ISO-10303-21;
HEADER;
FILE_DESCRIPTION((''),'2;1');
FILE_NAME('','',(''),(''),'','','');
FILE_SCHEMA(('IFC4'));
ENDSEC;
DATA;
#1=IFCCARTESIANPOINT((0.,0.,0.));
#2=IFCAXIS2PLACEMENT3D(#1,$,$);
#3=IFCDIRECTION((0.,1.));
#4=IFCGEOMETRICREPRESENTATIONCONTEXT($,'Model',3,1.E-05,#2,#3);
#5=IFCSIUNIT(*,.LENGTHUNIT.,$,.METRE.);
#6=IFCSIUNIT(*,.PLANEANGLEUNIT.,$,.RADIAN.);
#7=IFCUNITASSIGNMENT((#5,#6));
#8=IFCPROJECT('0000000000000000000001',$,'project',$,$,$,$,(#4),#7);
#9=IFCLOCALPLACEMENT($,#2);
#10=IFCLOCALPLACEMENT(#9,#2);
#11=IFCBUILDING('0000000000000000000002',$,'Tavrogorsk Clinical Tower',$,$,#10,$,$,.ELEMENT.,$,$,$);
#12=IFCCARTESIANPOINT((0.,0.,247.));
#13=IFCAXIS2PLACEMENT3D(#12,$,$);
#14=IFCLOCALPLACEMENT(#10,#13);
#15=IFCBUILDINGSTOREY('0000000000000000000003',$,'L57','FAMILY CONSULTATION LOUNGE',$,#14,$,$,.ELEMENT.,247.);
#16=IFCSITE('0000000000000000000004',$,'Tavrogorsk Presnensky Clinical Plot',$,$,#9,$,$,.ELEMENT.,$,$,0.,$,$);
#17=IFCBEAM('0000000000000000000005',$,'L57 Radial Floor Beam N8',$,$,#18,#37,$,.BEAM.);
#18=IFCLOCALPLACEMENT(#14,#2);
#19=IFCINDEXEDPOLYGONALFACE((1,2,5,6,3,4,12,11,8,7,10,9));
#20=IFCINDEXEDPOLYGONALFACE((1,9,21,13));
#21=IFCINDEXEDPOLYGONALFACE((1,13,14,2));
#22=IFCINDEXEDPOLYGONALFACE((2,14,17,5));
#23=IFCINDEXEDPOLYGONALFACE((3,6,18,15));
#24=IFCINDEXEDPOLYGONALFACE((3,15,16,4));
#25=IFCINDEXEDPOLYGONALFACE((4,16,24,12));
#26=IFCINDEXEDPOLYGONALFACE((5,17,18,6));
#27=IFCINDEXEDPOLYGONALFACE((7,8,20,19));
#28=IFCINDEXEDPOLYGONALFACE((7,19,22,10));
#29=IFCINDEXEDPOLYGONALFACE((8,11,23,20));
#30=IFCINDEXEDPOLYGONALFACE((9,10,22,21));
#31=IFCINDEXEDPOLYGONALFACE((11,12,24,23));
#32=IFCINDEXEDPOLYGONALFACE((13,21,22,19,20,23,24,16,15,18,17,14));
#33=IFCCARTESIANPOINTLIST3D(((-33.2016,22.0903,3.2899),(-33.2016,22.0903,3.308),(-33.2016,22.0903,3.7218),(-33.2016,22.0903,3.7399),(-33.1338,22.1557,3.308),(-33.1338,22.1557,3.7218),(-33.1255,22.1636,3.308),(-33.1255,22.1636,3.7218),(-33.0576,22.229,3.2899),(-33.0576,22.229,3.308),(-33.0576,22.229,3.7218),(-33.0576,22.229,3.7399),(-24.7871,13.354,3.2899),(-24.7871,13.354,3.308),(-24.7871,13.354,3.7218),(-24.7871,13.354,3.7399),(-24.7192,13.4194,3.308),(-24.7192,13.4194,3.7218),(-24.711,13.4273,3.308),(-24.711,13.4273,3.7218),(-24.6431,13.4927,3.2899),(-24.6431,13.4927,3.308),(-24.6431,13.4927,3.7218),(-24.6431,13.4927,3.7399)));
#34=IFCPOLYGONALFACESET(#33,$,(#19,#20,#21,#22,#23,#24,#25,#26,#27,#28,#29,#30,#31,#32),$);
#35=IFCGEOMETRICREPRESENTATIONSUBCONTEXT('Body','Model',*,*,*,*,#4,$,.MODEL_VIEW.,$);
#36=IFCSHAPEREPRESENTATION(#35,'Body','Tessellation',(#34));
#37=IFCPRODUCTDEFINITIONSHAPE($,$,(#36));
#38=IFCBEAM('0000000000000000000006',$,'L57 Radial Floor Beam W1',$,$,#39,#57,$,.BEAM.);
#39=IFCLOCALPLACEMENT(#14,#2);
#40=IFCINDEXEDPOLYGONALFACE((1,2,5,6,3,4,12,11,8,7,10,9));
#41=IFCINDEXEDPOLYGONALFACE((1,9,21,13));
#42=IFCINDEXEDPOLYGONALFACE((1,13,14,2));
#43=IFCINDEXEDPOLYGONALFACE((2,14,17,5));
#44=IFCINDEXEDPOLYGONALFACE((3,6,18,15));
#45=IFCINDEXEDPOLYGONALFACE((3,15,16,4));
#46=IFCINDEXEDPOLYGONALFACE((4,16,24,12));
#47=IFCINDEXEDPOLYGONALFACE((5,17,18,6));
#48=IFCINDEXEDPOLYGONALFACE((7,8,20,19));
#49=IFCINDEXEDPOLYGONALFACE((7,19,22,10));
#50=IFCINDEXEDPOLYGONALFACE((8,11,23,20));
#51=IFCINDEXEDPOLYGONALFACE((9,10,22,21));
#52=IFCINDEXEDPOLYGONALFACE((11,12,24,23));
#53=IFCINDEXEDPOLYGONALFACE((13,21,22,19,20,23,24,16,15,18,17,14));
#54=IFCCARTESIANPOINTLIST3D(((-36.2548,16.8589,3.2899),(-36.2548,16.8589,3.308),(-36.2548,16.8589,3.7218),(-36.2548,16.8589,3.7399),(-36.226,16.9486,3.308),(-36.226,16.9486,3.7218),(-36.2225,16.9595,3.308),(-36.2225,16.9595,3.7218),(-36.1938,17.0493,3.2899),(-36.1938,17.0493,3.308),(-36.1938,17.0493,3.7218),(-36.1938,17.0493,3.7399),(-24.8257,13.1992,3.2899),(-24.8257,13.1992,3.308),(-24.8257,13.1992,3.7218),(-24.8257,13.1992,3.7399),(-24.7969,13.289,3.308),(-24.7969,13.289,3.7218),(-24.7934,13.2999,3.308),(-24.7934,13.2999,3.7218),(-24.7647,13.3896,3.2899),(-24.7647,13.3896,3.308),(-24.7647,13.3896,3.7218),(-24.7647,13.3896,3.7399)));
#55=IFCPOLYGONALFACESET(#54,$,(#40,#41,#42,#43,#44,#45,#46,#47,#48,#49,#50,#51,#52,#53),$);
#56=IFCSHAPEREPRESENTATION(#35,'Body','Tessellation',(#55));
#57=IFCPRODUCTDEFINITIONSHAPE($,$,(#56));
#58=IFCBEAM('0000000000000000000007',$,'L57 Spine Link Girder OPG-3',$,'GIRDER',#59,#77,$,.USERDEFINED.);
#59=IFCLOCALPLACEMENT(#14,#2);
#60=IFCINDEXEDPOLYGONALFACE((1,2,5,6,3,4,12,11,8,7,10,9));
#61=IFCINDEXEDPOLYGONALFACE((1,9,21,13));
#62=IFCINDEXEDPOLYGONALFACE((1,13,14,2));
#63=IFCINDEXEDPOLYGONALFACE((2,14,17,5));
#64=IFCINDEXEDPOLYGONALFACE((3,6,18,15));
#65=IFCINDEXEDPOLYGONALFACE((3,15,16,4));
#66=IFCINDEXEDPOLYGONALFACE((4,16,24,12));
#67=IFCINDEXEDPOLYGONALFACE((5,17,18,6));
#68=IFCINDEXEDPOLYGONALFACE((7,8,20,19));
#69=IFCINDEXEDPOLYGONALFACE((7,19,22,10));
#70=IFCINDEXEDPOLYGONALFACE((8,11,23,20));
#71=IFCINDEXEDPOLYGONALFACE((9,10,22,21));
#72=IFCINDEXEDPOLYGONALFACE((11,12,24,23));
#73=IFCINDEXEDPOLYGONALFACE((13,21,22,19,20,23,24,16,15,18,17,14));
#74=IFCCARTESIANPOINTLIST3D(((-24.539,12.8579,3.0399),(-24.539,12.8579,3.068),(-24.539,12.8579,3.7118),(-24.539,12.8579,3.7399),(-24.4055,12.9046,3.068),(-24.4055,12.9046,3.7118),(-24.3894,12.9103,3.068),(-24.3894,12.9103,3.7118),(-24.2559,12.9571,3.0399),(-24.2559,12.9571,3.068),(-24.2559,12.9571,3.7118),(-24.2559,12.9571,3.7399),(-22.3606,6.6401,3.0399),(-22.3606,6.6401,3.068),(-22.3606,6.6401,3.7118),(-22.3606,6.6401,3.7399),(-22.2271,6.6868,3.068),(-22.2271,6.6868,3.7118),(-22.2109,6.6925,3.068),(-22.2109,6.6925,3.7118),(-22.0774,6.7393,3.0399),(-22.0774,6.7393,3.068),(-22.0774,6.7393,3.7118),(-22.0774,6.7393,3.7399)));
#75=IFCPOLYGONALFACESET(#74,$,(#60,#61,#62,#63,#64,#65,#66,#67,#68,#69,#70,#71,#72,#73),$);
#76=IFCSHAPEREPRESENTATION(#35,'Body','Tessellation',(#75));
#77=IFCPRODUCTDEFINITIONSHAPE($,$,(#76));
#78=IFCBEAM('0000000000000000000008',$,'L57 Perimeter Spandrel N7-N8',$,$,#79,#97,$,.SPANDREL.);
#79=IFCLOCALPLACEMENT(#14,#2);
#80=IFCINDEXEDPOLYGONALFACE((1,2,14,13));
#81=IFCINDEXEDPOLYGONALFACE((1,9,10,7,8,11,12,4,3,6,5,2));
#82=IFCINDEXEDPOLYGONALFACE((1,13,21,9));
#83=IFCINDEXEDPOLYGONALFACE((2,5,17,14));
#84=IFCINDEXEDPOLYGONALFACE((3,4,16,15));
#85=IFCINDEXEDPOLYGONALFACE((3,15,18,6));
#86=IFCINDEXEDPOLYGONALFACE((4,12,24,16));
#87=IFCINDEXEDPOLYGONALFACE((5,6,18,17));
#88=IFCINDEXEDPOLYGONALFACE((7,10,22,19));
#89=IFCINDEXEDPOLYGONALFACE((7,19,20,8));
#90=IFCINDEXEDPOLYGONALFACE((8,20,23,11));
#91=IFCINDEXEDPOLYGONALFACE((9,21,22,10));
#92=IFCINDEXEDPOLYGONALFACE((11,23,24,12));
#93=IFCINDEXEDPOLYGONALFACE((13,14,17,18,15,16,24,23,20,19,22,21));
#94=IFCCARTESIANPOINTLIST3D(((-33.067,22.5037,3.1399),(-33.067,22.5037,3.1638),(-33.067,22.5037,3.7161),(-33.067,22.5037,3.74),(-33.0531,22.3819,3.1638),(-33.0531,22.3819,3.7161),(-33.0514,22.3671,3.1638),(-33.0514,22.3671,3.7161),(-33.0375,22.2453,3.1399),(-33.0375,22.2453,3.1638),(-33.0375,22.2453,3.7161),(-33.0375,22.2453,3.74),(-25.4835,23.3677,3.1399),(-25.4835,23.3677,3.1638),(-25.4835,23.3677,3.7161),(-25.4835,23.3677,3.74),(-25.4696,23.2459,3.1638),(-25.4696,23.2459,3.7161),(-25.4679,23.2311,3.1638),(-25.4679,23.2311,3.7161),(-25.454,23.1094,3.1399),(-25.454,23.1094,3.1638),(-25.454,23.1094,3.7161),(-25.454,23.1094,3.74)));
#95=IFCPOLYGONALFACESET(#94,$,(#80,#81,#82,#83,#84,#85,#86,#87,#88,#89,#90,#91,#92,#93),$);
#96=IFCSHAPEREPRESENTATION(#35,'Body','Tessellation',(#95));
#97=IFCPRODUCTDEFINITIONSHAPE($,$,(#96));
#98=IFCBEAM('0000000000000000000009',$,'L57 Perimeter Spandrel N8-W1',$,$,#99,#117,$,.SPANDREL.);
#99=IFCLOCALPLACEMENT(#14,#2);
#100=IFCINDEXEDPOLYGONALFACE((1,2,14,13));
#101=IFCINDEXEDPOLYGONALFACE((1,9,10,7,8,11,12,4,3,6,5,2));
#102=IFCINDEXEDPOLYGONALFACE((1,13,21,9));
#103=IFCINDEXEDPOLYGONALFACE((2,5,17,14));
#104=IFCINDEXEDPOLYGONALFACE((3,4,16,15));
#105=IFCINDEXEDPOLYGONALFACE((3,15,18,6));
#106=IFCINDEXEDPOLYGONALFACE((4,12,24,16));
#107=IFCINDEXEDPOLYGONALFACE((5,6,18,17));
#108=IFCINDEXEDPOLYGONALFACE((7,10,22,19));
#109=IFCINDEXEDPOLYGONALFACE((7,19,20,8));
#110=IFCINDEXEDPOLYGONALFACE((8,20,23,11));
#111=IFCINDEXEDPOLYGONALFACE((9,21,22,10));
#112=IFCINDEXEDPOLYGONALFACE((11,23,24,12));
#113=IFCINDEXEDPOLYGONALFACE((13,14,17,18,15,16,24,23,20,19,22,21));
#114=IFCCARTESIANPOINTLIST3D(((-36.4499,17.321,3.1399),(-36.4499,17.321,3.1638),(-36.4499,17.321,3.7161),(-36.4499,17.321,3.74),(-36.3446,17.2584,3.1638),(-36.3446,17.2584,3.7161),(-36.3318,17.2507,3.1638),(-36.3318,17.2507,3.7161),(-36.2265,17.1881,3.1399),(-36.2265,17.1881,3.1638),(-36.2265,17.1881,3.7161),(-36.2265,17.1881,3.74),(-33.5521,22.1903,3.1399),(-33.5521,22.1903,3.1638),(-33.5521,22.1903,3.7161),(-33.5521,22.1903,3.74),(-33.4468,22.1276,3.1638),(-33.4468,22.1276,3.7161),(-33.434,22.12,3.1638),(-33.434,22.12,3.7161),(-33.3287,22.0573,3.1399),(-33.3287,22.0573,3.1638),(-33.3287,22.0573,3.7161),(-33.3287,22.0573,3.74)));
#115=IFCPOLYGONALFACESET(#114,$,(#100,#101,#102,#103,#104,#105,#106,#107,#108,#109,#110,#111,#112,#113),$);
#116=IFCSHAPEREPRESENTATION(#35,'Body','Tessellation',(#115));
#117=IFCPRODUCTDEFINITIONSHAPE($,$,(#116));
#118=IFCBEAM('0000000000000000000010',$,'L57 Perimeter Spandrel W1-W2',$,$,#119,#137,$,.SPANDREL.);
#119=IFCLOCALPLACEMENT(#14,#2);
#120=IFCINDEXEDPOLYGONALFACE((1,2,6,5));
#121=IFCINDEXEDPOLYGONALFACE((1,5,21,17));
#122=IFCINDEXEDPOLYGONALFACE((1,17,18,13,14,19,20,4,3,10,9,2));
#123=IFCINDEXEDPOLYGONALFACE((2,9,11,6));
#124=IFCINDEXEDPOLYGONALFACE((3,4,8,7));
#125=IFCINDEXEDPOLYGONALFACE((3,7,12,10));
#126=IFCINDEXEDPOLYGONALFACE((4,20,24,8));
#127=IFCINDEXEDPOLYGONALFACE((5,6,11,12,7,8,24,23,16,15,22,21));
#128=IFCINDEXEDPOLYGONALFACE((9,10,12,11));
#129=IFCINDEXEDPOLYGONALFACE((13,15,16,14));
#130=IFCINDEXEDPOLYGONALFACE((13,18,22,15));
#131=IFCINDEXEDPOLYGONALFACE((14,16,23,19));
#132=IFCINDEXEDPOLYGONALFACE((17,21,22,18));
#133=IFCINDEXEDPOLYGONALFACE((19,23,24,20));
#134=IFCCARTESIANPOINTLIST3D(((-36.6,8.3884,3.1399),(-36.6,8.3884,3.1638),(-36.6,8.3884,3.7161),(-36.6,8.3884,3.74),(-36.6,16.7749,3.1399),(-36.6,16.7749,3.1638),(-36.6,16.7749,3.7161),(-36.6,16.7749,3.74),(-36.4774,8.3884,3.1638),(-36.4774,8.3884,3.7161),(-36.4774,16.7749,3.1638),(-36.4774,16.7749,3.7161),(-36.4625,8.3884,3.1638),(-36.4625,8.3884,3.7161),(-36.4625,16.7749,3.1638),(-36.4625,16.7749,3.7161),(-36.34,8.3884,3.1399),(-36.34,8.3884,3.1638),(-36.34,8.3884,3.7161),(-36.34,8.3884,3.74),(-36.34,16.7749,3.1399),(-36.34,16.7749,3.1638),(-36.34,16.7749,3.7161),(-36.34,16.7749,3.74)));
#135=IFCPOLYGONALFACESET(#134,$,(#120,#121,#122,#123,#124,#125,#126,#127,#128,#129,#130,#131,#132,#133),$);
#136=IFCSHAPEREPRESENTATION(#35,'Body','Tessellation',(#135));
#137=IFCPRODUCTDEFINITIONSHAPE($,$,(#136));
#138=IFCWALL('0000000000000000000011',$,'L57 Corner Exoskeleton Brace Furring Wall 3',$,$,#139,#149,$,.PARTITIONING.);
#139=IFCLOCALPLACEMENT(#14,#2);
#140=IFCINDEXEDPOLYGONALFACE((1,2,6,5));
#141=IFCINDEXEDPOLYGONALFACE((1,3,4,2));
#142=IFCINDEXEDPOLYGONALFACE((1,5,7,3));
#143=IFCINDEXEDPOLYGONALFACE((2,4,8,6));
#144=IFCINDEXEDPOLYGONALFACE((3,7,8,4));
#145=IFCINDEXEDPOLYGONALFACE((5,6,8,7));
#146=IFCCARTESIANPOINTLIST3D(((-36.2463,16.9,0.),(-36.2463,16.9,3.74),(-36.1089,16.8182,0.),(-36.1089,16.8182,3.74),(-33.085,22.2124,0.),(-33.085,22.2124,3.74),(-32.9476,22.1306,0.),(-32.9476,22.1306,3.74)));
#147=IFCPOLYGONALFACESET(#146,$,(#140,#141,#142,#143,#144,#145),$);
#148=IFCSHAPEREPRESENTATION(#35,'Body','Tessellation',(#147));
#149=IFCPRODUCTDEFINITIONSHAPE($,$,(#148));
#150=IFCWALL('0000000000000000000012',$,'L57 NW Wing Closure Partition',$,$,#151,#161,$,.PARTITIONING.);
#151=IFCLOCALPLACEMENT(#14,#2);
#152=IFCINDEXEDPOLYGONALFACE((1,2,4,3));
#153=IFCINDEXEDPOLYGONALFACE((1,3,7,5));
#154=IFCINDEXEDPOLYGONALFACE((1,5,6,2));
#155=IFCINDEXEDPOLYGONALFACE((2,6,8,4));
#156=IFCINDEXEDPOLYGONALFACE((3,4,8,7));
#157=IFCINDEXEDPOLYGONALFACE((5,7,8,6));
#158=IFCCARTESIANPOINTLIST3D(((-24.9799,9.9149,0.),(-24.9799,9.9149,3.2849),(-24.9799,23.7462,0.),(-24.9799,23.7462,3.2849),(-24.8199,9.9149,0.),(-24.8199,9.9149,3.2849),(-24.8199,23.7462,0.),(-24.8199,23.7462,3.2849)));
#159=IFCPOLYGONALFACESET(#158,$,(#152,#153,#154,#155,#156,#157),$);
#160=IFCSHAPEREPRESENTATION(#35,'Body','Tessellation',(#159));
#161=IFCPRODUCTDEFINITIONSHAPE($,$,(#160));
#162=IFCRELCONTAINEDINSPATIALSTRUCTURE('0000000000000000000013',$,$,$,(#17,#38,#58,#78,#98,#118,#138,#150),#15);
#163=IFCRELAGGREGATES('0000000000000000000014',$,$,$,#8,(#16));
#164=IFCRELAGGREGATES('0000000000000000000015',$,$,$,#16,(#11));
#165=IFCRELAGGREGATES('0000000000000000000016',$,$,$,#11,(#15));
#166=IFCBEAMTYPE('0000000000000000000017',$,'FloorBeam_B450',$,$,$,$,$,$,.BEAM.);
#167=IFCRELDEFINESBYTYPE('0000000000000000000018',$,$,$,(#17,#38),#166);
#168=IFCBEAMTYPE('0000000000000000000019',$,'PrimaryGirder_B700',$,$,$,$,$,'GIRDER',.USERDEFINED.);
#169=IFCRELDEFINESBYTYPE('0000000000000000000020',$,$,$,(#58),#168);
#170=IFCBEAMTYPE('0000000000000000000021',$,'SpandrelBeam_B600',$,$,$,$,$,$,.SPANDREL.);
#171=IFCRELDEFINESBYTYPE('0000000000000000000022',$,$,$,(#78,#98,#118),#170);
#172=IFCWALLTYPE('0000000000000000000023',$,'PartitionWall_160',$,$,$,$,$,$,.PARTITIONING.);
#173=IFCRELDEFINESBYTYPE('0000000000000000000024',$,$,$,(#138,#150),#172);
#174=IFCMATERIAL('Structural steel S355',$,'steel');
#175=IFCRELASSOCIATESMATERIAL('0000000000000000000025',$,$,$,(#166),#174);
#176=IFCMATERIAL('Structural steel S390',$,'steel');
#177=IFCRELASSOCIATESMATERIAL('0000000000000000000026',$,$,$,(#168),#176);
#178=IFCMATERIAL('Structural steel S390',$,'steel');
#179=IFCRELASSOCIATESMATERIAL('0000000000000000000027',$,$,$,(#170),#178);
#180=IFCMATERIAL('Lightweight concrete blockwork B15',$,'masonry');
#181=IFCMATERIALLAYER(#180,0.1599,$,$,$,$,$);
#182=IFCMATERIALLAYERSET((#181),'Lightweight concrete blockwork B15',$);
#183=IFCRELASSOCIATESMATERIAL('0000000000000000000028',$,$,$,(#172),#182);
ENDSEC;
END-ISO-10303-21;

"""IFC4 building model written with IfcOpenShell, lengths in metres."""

from ifc_helpers import new_model, si_unit, direction, frame, frame_2d, origin, origin_2d, place, context, subcontext, project, spatial, rectangle, i_section, extrude, material, layer, layer_set, material_profile, profile_set, type_object, element, save


model = new_model("IFC4")

# Units and contexts
model_context = context("Model", 3, precision=1e-05, world=origin(), true_north=direction((0.0, 1.0)))
body_context = subcontext(model_context, "Body", "Model", "MODEL_VIEW")
ifc_project = project(units=[si_unit("LENGTHUNIT", "METRE"), si_unit("PLANEANGLEUNIT", "RADIAN")], contexts=[model_context])

# Site, building, storey
site_placement = place(None, origin())
site = spatial("IfcSite", under=ifc_project, at=site_placement, Name="Tavrogorsk Presnensky Clinical Plot", CompositionType="ELEMENT", RefElevation=0.0)
building_placement = place(site_placement, origin())
building = spatial("IfcBuilding", under=site, at=building_placement, Name="Tavrogorsk Clinical Tower", CompositionType="ELEMENT")
storey_placement = place(building_placement, frame((0.0, 0.0, 247.0)))
storey = spatial("IfcBuildingStorey", under=building, at=storey_placement, Name="L57", Description="FAMILY CONSULTATION LOUNGE", CompositionType="ELEMENT", Elevation=247.0)

# Beams
ifc_material_1 = material(Name="Structural steel S355", Category="steel")
ifc_material_profile_1 = material_profile(ifc_material_1, i_section(OverallWidth=0.2, OverallDepth=0.45, WebThickness=0.0115, FlangeThickness=0.0181, at=origin_2d()), Name="B-450x200x11.5x18")
ifc_profile_set_1 = profile_set([ifc_material_profile_1], Name="Structural steel S355")
beam_type_1 = type_object("IfcBeamType", Name="FloorBeam_B450", PredefinedType="BEAM", material=ifc_profile_set_1)
beam_1_placement = place(storey_placement, frame((-24.7151, 13.4233, 3.5149), z_axis=(-0.693718, 0.720246, 0.0), x_axis=(-0.720246, -0.693718, 0.0)))
element("IfcBeam", 1, at=beam_1_placement, inside=storey, type_object=beam_type_1, Name="L57 Radial Floor Beam N8", PredefinedType="BEAM", context=body_context, shape_type="SweptSolid", body=[
    extrude(i_section(OverallWidth=0.2, OverallDepth=0.45, WebThickness=0.0115, FlangeThickness=0.0181, at=origin_2d()), origin(), (0.0, 0.0, 1.0), 12.1296),
])
beam_2_placement = place(storey_placement, frame((-24.7952, 13.2944, 3.5149), z_axis=(-0.952368, 0.304951, 0.0), x_axis=(-0.304951, -0.952368, 0.0)))
element("IfcBeam", 2, at=beam_2_placement, inside=storey, type_object=beam_type_1, Name="L57 Radial Floor Beam W1", PredefinedType="BEAM", context=body_context, shape_type="SweptSolid", body=[
    extrude(i_section(OverallWidth=0.2, OverallDepth=0.45, WebThickness=0.0115, FlangeThickness=0.0181, at=origin_2d()), origin(), (0.0, 0.0, 1.0), 12.0007),
])
ifc_material_2 = material(Name="Structural steel S390", Category="steel")
ifc_material_profile_2 = material_profile(ifc_material_2, i_section(OverallWidth=0.3, OverallDepth=0.7, WebThickness=0.0171, FlangeThickness=0.0281, at=origin_2d()), Name="B-700x300x17x28")
ifc_profile_set_2 = profile_set([ifc_material_profile_2], Name="Structural steel S390")
beam_type_2 = type_object("IfcBeamType", Name="PrimaryGirder_B700", ElementType="GIRDER", PredefinedType="USERDEFINED", material=ifc_profile_set_2)
beam_3_placement = place(storey_placement, frame((-24.3975, 12.9075, 3.3899), z_axis=(0.330654, -0.943752, 0.0), x_axis=(0.943752, 0.330654, 0.0)))
element("IfcBeam", 3, at=beam_3_placement, inside=storey, type_object=beam_type_2, Name="L57 Spine Link Girder OPG-3", ObjectType="GIRDER", PredefinedType="USERDEFINED", context=body_context, shape_type="SweptSolid", body=[
    extrude(i_section(OverallWidth=0.3, OverallDepth=0.7, WebThickness=0.0171, FlangeThickness=0.0281, at=origin_2d()), origin(), (0.0, 0.0, 1.0), 6.5884),
])
ifc_material_3 = material(Name="Structural steel S390", Category="steel")
ifc_material_profile_3 = material_profile(ifc_material_3, i_section(OverallWidth=0.26, OverallDepth=0.6001, WebThickness=0.0149, FlangeThickness=0.0239, at=origin_2d()), Name="B-600x260x15x24")
ifc_profile_set_3 = profile_set([ifc_material_profile_3], Name="Structural steel S390")
beam_type_3 = type_object("IfcBeamType", Name="SpandrelBeam_B600", PredefinedType="SPANDREL", material=ifc_profile_set_3)
beam_4_placement = place(storey_placement, frame((-25.4688, 23.2385, 3.4399), z_axis=(-0.993572, -0.113201, 0.0), x_axis=(0.113201, -0.993572, 0.0)))
element("IfcBeam", 4, at=beam_4_placement, inside=storey, type_object=beam_type_3, Name="L57 Perimeter Spandrel N7-N8", PredefinedType="SPANDREL", context=body_context, shape_type="SweptSolid", body=[
    extrude(i_section(OverallWidth=0.26, OverallDepth=0.6001, WebThickness=0.0149, FlangeThickness=0.0239, at=origin_2d()), origin(), (0.0, 0.0, 1.0), 7.6326),
])
beam_5_placement = place(storey_placement, frame((-33.4404, 22.1238, 3.4399), z_axis=(-0.511407, -0.859339, 0.0), x_axis=(0.859339, -0.511407, 0.0)))
element("IfcBeam", 5, at=beam_5_placement, inside=storey, type_object=beam_type_3, Name="L57 Perimeter Spandrel N8-W1", PredefinedType="SPANDREL", context=body_context, shape_type="SweptSolid", body=[
    extrude(i_section(OverallWidth=0.26, OverallDepth=0.6001, WebThickness=0.0149, FlangeThickness=0.0239, at=origin_2d()), origin(), (0.0, 0.0, 1.0), 5.6663),
])
beam_6_placement = place(storey_placement, frame((-36.47, 16.7749, 3.4399), z_axis=(0.0, -1.0, 0.0), x_axis=(1.0, 0.0, 0.0)))
element("IfcBeam", 6, at=beam_6_placement, inside=storey, type_object=beam_type_3, Name="L57 Perimeter Spandrel W1-W2", PredefinedType="SPANDREL", context=body_context, shape_type="SweptSolid", body=[
    extrude(i_section(OverallWidth=0.26, OverallDepth=0.6001, WebThickness=0.0149, FlangeThickness=0.0239, at=origin_2d()), origin(), (0.0, 0.0, 1.0), 8.3865),
])

# Walls
ifc_material_4 = material(Name="Lightweight concrete blockwork B15", Category="masonry")
ifc_layer_1 = layer(ifc_material_4, 0.1599)
ifc_layer_set_1 = layer_set([ifc_layer_1], Name="Lightweight concrete blockwork B15")
wall_type_1 = type_object("IfcWallType", Name="PartitionWall_160", PredefinedType="PARTITIONING", material=ifc_layer_set_1)
wall_1_placement = place(storey_placement, frame((-33.0164, 22.1714, 0.0), z_axis=(0.0, 0.0, 1.0), x_axis=(-0.511385, -0.859352, 0.0)))
element("IfcWall", 7, at=wall_1_placement, inside=storey, type_object=wall_type_1, Name="L57 Corner Exoskeleton Brace Furring Wall 3", PredefinedType="PARTITIONING", context=body_context, shape_type="SweptSolid", body=[
    extrude(rectangle(XDim=6.1819, YDim=0.1599, at=frame_2d((3.0908, 0.0))), origin(), (0.0, 0.0, 1.0), 3.74),
])
wall_2_placement = place(storey_placement, frame((-24.8999, 9.915, 0.0), z_axis=(0.0, 0.0, 1.0), x_axis=(0.0, 1.0, 0.0)))
element("IfcWall", 8, at=wall_2_placement, inside=storey, type_object=wall_type_1, Name="L57 NW Wing Closure Partition", PredefinedType="PARTITIONING", context=body_context, shape_type="SweptSolid", body=[
    extrude(rectangle(XDim=13.8313, YDim=0.1599, at=frame_2d((6.9155, 0.0))), origin(), (0.0, 0.0, 1.0), 3.2849),
])

save(model, "model.ifc")
